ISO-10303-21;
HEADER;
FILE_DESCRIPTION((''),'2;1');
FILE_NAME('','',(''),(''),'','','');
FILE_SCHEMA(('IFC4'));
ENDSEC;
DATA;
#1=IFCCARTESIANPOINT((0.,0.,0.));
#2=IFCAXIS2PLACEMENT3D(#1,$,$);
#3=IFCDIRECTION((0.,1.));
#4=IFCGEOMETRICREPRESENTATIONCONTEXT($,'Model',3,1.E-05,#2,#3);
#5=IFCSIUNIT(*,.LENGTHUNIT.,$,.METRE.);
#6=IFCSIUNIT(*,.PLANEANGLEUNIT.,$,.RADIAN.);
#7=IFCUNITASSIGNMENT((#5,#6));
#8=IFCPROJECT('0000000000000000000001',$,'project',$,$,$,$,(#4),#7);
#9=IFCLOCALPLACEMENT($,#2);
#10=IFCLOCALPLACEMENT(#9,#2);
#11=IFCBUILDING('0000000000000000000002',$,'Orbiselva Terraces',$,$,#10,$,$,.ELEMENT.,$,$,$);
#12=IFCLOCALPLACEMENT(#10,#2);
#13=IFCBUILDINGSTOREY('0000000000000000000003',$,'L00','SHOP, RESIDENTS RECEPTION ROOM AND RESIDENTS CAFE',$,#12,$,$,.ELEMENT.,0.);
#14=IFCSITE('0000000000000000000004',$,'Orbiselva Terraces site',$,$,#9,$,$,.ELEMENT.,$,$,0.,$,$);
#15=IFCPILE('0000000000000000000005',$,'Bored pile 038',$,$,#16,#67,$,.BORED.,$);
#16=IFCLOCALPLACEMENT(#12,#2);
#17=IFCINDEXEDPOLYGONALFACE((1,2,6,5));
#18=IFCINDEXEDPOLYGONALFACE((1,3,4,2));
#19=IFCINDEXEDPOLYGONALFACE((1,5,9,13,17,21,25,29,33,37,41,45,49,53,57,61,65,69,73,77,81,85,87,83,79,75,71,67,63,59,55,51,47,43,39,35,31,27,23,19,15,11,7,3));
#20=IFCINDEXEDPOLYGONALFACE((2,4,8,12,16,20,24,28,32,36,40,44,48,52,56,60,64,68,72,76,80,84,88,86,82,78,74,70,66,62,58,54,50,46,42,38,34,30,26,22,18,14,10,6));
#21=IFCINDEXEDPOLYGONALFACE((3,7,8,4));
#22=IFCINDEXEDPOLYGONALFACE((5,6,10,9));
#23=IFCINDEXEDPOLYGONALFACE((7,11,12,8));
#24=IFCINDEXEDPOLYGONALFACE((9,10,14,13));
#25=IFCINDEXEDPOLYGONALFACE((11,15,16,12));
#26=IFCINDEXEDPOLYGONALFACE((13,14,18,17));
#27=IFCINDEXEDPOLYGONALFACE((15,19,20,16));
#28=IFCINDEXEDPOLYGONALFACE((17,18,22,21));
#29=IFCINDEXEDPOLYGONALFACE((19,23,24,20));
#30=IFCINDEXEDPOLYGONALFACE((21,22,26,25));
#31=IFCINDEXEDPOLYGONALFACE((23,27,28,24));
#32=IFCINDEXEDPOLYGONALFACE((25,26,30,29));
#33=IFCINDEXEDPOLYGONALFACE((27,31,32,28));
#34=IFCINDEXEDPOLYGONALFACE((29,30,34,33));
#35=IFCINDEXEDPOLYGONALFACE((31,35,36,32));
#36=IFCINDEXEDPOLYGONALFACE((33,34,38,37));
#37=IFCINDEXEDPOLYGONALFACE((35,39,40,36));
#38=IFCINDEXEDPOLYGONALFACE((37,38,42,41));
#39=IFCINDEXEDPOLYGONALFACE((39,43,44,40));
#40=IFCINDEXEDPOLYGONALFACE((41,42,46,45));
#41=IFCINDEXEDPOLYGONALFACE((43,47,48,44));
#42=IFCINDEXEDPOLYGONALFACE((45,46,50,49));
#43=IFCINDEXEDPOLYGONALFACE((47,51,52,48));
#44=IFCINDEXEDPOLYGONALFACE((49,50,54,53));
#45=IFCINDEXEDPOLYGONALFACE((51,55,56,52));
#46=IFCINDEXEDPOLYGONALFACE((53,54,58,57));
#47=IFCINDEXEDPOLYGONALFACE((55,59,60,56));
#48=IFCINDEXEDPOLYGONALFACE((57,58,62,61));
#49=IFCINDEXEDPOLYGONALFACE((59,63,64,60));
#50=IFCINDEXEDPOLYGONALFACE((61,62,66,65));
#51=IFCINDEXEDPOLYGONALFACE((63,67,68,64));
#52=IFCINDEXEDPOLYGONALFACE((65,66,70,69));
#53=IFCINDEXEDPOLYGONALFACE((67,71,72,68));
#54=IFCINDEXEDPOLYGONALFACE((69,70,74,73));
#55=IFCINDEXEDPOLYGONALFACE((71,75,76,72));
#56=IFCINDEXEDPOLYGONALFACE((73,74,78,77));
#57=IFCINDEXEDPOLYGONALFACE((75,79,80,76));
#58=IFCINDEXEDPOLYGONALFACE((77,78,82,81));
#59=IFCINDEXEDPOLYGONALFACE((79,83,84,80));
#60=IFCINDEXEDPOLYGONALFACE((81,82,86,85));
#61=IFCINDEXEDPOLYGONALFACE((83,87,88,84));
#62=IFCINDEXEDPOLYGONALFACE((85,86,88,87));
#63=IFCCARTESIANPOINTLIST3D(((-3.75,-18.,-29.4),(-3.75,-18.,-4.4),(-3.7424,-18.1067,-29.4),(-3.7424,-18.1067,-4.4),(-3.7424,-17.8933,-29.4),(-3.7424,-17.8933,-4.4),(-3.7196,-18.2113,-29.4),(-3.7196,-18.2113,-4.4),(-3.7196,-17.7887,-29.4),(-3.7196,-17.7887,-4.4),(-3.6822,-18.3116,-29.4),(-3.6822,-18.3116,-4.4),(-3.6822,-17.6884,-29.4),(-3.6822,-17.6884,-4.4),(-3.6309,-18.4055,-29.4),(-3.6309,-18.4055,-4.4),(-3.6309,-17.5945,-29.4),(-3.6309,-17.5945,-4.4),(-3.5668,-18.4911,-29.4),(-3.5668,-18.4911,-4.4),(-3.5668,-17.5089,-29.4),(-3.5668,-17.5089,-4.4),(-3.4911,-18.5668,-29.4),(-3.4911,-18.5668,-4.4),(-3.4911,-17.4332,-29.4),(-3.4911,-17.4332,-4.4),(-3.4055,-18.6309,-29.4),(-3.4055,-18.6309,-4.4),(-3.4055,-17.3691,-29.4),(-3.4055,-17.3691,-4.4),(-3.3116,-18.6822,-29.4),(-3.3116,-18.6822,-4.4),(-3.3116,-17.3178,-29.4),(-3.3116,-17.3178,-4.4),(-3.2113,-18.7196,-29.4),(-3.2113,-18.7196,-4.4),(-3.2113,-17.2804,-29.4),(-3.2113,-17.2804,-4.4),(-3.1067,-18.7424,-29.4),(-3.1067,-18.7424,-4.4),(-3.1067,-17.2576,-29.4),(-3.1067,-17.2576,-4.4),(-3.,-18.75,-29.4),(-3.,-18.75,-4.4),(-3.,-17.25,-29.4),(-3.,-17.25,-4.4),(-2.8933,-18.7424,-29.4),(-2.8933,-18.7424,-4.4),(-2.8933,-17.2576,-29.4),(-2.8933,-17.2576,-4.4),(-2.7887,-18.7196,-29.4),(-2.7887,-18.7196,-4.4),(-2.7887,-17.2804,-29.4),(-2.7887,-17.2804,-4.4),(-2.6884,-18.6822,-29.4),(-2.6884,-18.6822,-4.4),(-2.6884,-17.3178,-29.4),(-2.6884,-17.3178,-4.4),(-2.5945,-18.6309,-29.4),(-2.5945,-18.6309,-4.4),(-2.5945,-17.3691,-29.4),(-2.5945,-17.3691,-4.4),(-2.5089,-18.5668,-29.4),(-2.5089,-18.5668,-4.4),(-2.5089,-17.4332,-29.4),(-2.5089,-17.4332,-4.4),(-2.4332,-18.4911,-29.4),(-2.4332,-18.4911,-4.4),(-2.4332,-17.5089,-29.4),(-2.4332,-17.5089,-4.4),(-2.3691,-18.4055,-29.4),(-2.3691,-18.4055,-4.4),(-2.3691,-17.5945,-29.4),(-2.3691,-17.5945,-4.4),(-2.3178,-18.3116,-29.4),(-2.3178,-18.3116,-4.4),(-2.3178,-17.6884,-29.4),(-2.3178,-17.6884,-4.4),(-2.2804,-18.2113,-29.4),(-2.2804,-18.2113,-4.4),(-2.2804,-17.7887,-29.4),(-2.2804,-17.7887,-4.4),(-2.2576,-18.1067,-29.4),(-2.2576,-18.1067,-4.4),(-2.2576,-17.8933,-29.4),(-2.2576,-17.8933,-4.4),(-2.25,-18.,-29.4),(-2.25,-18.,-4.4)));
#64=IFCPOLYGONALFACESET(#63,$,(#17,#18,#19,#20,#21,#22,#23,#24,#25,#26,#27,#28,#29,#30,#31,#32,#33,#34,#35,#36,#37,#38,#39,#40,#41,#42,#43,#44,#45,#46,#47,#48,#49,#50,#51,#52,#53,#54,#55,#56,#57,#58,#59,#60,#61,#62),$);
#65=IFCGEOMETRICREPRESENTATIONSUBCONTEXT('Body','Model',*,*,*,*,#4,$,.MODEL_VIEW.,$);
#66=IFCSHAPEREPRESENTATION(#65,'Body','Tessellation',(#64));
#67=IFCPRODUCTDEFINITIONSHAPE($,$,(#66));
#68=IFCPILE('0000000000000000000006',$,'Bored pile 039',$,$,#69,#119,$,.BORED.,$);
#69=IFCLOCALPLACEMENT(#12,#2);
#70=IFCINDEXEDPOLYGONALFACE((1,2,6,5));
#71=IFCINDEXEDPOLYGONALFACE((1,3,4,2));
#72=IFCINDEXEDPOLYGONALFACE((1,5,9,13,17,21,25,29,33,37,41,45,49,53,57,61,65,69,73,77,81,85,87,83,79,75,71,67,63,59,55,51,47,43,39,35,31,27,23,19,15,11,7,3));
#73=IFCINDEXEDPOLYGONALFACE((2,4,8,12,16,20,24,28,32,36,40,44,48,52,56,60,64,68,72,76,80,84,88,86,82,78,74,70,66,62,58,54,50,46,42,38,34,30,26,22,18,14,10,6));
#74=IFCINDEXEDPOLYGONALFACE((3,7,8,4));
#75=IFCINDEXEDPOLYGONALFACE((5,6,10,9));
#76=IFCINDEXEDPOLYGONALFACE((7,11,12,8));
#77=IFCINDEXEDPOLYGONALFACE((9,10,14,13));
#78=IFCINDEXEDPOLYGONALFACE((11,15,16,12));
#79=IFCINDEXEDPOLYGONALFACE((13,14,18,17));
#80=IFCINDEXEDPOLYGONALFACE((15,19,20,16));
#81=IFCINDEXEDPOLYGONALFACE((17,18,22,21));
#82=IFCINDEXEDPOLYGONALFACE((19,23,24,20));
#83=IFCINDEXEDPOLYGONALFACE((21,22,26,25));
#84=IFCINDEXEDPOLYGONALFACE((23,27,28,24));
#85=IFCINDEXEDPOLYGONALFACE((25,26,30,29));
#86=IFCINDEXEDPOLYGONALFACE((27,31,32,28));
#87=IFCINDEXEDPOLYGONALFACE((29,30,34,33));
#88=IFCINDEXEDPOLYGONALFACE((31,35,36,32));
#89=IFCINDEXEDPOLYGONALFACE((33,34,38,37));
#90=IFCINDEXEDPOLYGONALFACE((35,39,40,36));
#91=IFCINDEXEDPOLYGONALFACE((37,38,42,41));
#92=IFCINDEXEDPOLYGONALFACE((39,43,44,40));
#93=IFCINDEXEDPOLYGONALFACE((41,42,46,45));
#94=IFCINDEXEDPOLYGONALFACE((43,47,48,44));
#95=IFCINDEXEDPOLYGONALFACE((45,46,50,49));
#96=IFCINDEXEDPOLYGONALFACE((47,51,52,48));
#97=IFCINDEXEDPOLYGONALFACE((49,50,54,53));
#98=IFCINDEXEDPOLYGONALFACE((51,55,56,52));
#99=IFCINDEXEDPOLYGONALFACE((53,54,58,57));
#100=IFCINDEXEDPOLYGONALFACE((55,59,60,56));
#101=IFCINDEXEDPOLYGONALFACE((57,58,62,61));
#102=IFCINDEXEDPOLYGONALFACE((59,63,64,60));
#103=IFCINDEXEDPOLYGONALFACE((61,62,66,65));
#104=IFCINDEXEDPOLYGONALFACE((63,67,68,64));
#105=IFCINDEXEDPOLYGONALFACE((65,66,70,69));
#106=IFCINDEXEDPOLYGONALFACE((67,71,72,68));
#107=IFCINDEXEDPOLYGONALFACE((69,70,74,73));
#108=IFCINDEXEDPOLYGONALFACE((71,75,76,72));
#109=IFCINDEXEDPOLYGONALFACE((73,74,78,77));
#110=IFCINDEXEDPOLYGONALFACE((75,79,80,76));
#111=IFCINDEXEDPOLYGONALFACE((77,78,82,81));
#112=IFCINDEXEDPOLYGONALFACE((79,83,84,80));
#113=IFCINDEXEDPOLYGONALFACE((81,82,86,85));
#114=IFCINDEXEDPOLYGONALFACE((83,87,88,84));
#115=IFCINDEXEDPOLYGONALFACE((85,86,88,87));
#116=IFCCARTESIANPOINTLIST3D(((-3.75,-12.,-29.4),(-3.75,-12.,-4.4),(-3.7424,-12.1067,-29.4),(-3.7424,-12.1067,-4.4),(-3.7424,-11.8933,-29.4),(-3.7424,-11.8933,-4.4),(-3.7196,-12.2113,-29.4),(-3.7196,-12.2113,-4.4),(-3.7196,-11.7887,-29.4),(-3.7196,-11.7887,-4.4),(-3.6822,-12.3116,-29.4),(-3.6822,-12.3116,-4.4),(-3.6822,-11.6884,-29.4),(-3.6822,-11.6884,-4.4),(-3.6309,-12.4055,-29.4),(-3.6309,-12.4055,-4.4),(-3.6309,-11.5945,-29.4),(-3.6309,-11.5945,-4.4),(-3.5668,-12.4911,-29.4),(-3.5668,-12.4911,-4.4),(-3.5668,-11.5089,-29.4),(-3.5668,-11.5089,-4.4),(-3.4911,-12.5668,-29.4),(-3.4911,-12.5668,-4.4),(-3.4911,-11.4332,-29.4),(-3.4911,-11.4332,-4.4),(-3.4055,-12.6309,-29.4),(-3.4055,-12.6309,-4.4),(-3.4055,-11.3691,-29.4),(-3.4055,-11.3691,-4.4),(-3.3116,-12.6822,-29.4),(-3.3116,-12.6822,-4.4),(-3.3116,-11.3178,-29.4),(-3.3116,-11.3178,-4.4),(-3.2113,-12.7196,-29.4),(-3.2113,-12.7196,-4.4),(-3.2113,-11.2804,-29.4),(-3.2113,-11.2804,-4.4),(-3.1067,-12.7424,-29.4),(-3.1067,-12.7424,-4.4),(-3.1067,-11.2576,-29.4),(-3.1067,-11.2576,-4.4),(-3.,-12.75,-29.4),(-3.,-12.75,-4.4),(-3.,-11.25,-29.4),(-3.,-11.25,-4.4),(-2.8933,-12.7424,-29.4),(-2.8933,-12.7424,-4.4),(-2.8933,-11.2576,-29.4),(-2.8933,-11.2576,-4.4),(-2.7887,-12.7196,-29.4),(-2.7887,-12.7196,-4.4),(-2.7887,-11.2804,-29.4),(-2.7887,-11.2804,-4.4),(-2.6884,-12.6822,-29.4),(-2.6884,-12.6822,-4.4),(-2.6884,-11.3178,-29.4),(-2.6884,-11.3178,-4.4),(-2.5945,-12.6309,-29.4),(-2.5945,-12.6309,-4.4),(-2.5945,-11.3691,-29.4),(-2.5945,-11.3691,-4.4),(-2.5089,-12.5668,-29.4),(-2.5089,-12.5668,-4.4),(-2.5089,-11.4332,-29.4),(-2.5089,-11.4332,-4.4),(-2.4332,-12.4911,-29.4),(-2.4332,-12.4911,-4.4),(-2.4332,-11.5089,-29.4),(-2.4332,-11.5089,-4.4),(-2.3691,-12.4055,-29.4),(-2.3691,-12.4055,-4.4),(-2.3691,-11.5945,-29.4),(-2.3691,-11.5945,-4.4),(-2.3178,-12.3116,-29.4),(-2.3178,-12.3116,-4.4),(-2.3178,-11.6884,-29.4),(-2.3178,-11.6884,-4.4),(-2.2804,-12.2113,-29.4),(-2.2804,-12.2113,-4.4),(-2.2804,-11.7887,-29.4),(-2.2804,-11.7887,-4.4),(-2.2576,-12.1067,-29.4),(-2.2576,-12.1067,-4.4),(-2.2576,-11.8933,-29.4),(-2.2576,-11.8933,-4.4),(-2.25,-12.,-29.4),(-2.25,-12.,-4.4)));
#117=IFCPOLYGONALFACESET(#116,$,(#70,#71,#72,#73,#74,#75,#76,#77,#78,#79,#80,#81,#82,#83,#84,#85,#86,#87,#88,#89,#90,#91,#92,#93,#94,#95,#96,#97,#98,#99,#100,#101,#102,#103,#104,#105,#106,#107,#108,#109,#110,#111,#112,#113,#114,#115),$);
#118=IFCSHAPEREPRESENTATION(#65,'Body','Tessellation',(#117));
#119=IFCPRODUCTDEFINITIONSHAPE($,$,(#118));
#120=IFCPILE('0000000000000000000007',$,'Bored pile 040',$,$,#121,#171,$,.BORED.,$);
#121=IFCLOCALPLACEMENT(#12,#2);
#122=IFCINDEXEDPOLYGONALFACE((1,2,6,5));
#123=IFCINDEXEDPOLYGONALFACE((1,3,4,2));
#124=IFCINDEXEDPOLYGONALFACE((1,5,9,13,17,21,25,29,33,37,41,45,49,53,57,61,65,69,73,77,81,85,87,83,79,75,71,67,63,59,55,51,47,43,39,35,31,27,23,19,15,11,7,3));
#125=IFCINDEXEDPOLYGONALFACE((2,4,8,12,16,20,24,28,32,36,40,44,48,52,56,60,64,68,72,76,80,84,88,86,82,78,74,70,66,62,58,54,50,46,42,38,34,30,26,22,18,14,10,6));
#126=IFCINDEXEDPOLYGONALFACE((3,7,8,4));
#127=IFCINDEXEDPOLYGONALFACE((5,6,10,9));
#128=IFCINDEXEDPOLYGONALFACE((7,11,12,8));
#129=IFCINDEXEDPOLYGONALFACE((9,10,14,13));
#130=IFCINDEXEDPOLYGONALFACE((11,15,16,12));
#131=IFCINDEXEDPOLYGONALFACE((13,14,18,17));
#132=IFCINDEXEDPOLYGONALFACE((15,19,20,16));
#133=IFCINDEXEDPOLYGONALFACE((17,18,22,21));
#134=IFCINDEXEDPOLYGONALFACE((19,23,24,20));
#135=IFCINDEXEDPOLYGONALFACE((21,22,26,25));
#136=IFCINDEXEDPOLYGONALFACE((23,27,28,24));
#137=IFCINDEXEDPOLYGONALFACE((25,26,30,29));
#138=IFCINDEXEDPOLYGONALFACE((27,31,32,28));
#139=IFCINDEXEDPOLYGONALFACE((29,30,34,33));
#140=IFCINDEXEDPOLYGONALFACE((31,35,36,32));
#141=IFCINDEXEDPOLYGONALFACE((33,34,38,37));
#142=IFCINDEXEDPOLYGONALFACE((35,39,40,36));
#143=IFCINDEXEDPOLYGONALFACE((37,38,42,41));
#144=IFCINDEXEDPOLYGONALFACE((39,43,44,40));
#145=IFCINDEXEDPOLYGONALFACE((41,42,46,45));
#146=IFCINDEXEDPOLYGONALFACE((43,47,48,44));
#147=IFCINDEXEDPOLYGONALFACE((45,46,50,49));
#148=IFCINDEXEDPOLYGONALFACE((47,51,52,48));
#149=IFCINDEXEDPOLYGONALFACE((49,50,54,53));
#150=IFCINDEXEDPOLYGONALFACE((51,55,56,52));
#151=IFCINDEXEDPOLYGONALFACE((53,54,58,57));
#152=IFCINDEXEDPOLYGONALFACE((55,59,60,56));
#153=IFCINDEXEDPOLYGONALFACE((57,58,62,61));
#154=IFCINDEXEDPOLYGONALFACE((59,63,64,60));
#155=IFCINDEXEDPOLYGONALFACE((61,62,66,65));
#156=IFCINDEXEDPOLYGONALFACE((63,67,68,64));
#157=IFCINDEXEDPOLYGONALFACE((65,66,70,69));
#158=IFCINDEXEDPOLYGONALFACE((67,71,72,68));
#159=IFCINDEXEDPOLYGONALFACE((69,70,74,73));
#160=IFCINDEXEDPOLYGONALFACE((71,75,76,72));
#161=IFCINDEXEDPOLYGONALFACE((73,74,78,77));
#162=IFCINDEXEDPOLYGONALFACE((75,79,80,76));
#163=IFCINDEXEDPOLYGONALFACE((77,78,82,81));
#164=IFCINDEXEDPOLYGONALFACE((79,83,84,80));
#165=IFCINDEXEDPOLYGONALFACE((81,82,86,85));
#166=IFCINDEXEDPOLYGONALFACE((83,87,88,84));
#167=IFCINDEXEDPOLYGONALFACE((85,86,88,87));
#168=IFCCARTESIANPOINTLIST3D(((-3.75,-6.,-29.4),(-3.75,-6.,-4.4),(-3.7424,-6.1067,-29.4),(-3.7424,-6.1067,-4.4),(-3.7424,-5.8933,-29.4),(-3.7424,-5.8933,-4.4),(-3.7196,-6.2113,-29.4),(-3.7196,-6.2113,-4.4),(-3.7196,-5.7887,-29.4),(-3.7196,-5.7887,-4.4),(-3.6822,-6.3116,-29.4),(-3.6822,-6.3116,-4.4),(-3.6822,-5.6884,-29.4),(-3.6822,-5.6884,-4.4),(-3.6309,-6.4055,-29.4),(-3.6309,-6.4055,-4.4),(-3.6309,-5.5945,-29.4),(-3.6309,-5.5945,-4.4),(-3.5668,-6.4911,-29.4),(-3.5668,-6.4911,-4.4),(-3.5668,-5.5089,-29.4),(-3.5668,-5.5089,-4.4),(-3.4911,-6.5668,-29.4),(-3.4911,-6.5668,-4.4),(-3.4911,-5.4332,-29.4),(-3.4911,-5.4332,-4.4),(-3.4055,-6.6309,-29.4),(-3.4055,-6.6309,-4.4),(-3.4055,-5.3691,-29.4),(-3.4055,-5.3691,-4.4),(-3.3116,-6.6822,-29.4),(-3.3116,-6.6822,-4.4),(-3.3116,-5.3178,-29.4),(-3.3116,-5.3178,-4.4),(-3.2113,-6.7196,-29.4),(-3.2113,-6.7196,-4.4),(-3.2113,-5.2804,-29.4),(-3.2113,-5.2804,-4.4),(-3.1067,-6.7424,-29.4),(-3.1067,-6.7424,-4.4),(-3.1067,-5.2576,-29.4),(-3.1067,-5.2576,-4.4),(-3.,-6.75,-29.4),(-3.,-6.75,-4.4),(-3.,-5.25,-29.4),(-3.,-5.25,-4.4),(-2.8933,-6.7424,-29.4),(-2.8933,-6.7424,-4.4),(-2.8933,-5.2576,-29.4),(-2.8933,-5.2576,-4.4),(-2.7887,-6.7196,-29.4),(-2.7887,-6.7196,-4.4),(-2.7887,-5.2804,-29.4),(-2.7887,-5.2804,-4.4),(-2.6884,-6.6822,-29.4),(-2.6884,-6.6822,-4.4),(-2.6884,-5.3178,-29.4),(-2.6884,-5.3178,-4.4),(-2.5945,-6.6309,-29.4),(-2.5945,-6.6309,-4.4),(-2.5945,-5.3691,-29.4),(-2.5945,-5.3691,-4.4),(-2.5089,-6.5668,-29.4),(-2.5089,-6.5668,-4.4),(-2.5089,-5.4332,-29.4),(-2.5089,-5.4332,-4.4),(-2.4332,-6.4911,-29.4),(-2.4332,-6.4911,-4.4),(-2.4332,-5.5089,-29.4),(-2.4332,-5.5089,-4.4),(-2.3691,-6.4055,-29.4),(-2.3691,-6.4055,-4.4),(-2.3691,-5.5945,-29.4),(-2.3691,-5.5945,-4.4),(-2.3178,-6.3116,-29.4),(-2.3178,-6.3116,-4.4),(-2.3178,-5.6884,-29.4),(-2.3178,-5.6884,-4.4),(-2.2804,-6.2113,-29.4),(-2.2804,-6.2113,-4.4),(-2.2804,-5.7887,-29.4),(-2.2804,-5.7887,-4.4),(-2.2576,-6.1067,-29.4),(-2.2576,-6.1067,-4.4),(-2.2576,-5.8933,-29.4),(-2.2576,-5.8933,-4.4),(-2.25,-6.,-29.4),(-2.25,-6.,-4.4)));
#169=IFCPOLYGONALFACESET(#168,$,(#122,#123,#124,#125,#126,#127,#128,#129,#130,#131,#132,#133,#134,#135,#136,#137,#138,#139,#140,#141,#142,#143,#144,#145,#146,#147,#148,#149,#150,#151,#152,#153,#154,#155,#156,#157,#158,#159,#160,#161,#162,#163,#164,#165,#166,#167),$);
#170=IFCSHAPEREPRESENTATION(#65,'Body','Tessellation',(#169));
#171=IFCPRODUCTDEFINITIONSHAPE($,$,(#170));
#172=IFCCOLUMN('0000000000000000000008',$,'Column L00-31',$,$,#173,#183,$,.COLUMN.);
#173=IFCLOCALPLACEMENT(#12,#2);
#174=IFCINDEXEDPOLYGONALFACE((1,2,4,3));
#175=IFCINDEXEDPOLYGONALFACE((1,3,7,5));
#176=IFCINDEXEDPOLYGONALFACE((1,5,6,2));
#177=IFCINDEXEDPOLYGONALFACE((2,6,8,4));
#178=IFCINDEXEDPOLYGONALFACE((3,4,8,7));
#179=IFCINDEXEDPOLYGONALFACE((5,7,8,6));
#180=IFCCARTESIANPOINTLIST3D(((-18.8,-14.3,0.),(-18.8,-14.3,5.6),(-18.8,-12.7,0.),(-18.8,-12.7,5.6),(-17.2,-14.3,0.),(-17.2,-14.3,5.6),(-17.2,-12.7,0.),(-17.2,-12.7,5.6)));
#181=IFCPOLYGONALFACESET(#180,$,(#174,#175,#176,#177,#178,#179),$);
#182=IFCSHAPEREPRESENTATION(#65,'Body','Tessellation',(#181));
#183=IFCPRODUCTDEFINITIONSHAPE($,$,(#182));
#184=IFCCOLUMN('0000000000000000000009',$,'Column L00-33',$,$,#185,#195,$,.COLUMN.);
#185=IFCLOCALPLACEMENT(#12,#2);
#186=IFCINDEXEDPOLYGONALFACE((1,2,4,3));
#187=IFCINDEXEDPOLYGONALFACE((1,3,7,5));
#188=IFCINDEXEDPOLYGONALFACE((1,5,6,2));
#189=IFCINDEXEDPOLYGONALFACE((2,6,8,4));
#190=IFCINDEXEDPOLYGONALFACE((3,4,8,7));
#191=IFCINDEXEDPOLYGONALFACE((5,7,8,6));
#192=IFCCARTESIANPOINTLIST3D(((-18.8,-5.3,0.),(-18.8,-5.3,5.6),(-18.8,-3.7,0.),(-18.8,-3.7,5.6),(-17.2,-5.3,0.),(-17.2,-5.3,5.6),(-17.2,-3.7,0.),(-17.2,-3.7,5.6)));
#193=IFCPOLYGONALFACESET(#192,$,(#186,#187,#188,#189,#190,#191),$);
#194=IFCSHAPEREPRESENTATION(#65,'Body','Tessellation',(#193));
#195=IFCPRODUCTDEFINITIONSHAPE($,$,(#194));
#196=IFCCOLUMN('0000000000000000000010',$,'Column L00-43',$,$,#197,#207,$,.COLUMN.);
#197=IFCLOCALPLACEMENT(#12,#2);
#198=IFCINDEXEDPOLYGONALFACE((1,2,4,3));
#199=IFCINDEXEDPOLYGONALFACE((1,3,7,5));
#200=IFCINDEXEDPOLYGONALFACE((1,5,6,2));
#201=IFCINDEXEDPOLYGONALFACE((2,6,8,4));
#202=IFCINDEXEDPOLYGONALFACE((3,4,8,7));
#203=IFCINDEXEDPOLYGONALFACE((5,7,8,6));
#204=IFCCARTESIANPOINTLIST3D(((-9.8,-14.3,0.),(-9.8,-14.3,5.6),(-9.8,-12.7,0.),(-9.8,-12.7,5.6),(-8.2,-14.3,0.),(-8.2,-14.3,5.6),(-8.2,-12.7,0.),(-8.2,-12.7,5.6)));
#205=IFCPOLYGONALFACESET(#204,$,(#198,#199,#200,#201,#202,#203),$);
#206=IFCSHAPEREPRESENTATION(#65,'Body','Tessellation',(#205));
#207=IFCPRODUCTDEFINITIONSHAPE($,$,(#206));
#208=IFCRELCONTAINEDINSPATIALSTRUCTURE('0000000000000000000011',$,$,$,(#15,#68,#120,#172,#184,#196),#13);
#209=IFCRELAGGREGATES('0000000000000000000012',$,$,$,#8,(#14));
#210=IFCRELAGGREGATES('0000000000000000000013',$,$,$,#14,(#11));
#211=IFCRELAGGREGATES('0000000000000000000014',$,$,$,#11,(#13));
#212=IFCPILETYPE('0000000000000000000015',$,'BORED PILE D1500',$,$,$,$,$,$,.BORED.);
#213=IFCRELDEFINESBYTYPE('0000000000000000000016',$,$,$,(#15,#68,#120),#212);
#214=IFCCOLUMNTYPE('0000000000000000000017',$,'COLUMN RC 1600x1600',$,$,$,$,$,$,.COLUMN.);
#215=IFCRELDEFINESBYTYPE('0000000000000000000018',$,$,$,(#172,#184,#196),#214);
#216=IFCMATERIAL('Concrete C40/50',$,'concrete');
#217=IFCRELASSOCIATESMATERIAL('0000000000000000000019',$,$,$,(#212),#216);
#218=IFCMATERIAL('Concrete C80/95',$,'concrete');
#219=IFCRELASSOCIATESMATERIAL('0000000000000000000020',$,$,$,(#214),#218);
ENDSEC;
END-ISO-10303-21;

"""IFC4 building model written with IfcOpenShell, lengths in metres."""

from ifc_helpers import new_model, si_unit, direction, frame, origin, origin_2d, place, context, subcontext, project, spatial, rectangle, circle, extrude, material, material_profile, profile_set, type_object, element, save


model = new_model("IFC4")

# Units and contexts
model_context = context("Model", 3, precision=1e-05, world=origin(), true_north=direction((0.0, 1.0)))
body_context = subcontext(model_context, "Body", "Model", "MODEL_VIEW")
ifc_project = project(units=[si_unit("LENGTHUNIT", "METRE"), si_unit("PLANEANGLEUNIT", "RADIAN")], contexts=[model_context])

# Site, building, storey
site_placement = place(None, origin())
site = spatial("IfcSite", under=ifc_project, at=site_placement, Name="Orbiselva Terraces site", CompositionType="ELEMENT", RefElevation=0.0)
building_placement = place(site_placement, origin())
building = spatial("IfcBuilding", under=site, at=building_placement, Name="Orbiselva Terraces", CompositionType="ELEMENT")
storey_placement = place(building_placement, origin())
storey = spatial("IfcBuildingStorey", under=building, at=storey_placement, Name="L00", Description="SHOP, RESIDENTS RECEPTION ROOM AND RESIDENTS CAFE", CompositionType="ELEMENT", Elevation=0.0)

# Piles
ifc_material_1 = material(Name="Concrete C40/50", Category="concrete")
ifc_material_profile_1 = material_profile(ifc_material_1, circle(Radius=0.75, at=origin_2d()), Name="D1500")
ifc_profile_set_1 = profile_set([ifc_material_profile_1], Name="Concrete C40/50")
pile_type = type_object("IfcPileType", Name="BORED PILE D1500", PredefinedType="BORED", material=ifc_profile_set_1)
for number, where, z_axis, x_axis, name in (
    (1, (-3.0, -18.0, -4.4), (0.0, 0.0, -1.0), (1.0, 0.0, 0.0), "Bored pile 038"),
    (2, (-3.0, -12.0, -4.4), (0.0, 0.0, -1.0), (1.0, 0.0, 0.0), "Bored pile 039"),
    (3, (-3.0, -6.0, -4.4), (0.0, 0.0, -1.0), (1.0, 0.0, 0.0), "Bored pile 040"),
):
    element("IfcPile", number, at=place(storey_placement, frame(where, z_axis=z_axis, x_axis=x_axis)), inside=storey, type_object=pile_type, Name=name, PredefinedType="BORED", context=body_context, shape_type="SweptSolid", body=[
        extrude(circle(Radius=0.75, at=origin_2d()), origin(), (0.0, 0.0, 1.0), 25.0),
    ])

# Columns
ifc_material_2 = material(Name="Concrete C80/95", Category="concrete")
ifc_material_profile_2 = material_profile(ifc_material_2, rectangle(XDim=1.6, YDim=1.6, at=origin_2d()), Name="RC 1600x1600")
ifc_profile_set_2 = profile_set([ifc_material_profile_2], Name="Concrete C80/95")
column_type_1 = type_object("IfcColumnType", Name="COLUMN RC 1600x1600", PredefinedType="COLUMN", material=ifc_profile_set_2)
for number, where, z_axis, x_axis, name in (
    (4, (-18.0, -13.5, 0.0), (0.0, 0.0, 1.0), (1.0, 0.0, 0.0), "Column L00-31"),
    (5, (-18.0, -4.5, 0.0), (0.0, 0.0, 1.0), (1.0, 0.0, 0.0), "Column L00-33"),
    (6, (-9.0, -13.5, 0.0), (0.0, 0.0, 1.0), (1.0, 0.0, 0.0), "Column L00-43"),
):
    element("IfcColumn", number, at=place(storey_placement, frame(where, z_axis=z_axis, x_axis=x_axis)), inside=storey, type_object=column_type_1, Name=name, PredefinedType="COLUMN", context=body_context, shape_type="SweptSolid", body=[
        extrude(rectangle(XDim=1.6, YDim=1.6, at=origin_2d()), origin(), (0.0, 0.0, 1.0), 5.6),
    ])

save(model, "model.ifc")
